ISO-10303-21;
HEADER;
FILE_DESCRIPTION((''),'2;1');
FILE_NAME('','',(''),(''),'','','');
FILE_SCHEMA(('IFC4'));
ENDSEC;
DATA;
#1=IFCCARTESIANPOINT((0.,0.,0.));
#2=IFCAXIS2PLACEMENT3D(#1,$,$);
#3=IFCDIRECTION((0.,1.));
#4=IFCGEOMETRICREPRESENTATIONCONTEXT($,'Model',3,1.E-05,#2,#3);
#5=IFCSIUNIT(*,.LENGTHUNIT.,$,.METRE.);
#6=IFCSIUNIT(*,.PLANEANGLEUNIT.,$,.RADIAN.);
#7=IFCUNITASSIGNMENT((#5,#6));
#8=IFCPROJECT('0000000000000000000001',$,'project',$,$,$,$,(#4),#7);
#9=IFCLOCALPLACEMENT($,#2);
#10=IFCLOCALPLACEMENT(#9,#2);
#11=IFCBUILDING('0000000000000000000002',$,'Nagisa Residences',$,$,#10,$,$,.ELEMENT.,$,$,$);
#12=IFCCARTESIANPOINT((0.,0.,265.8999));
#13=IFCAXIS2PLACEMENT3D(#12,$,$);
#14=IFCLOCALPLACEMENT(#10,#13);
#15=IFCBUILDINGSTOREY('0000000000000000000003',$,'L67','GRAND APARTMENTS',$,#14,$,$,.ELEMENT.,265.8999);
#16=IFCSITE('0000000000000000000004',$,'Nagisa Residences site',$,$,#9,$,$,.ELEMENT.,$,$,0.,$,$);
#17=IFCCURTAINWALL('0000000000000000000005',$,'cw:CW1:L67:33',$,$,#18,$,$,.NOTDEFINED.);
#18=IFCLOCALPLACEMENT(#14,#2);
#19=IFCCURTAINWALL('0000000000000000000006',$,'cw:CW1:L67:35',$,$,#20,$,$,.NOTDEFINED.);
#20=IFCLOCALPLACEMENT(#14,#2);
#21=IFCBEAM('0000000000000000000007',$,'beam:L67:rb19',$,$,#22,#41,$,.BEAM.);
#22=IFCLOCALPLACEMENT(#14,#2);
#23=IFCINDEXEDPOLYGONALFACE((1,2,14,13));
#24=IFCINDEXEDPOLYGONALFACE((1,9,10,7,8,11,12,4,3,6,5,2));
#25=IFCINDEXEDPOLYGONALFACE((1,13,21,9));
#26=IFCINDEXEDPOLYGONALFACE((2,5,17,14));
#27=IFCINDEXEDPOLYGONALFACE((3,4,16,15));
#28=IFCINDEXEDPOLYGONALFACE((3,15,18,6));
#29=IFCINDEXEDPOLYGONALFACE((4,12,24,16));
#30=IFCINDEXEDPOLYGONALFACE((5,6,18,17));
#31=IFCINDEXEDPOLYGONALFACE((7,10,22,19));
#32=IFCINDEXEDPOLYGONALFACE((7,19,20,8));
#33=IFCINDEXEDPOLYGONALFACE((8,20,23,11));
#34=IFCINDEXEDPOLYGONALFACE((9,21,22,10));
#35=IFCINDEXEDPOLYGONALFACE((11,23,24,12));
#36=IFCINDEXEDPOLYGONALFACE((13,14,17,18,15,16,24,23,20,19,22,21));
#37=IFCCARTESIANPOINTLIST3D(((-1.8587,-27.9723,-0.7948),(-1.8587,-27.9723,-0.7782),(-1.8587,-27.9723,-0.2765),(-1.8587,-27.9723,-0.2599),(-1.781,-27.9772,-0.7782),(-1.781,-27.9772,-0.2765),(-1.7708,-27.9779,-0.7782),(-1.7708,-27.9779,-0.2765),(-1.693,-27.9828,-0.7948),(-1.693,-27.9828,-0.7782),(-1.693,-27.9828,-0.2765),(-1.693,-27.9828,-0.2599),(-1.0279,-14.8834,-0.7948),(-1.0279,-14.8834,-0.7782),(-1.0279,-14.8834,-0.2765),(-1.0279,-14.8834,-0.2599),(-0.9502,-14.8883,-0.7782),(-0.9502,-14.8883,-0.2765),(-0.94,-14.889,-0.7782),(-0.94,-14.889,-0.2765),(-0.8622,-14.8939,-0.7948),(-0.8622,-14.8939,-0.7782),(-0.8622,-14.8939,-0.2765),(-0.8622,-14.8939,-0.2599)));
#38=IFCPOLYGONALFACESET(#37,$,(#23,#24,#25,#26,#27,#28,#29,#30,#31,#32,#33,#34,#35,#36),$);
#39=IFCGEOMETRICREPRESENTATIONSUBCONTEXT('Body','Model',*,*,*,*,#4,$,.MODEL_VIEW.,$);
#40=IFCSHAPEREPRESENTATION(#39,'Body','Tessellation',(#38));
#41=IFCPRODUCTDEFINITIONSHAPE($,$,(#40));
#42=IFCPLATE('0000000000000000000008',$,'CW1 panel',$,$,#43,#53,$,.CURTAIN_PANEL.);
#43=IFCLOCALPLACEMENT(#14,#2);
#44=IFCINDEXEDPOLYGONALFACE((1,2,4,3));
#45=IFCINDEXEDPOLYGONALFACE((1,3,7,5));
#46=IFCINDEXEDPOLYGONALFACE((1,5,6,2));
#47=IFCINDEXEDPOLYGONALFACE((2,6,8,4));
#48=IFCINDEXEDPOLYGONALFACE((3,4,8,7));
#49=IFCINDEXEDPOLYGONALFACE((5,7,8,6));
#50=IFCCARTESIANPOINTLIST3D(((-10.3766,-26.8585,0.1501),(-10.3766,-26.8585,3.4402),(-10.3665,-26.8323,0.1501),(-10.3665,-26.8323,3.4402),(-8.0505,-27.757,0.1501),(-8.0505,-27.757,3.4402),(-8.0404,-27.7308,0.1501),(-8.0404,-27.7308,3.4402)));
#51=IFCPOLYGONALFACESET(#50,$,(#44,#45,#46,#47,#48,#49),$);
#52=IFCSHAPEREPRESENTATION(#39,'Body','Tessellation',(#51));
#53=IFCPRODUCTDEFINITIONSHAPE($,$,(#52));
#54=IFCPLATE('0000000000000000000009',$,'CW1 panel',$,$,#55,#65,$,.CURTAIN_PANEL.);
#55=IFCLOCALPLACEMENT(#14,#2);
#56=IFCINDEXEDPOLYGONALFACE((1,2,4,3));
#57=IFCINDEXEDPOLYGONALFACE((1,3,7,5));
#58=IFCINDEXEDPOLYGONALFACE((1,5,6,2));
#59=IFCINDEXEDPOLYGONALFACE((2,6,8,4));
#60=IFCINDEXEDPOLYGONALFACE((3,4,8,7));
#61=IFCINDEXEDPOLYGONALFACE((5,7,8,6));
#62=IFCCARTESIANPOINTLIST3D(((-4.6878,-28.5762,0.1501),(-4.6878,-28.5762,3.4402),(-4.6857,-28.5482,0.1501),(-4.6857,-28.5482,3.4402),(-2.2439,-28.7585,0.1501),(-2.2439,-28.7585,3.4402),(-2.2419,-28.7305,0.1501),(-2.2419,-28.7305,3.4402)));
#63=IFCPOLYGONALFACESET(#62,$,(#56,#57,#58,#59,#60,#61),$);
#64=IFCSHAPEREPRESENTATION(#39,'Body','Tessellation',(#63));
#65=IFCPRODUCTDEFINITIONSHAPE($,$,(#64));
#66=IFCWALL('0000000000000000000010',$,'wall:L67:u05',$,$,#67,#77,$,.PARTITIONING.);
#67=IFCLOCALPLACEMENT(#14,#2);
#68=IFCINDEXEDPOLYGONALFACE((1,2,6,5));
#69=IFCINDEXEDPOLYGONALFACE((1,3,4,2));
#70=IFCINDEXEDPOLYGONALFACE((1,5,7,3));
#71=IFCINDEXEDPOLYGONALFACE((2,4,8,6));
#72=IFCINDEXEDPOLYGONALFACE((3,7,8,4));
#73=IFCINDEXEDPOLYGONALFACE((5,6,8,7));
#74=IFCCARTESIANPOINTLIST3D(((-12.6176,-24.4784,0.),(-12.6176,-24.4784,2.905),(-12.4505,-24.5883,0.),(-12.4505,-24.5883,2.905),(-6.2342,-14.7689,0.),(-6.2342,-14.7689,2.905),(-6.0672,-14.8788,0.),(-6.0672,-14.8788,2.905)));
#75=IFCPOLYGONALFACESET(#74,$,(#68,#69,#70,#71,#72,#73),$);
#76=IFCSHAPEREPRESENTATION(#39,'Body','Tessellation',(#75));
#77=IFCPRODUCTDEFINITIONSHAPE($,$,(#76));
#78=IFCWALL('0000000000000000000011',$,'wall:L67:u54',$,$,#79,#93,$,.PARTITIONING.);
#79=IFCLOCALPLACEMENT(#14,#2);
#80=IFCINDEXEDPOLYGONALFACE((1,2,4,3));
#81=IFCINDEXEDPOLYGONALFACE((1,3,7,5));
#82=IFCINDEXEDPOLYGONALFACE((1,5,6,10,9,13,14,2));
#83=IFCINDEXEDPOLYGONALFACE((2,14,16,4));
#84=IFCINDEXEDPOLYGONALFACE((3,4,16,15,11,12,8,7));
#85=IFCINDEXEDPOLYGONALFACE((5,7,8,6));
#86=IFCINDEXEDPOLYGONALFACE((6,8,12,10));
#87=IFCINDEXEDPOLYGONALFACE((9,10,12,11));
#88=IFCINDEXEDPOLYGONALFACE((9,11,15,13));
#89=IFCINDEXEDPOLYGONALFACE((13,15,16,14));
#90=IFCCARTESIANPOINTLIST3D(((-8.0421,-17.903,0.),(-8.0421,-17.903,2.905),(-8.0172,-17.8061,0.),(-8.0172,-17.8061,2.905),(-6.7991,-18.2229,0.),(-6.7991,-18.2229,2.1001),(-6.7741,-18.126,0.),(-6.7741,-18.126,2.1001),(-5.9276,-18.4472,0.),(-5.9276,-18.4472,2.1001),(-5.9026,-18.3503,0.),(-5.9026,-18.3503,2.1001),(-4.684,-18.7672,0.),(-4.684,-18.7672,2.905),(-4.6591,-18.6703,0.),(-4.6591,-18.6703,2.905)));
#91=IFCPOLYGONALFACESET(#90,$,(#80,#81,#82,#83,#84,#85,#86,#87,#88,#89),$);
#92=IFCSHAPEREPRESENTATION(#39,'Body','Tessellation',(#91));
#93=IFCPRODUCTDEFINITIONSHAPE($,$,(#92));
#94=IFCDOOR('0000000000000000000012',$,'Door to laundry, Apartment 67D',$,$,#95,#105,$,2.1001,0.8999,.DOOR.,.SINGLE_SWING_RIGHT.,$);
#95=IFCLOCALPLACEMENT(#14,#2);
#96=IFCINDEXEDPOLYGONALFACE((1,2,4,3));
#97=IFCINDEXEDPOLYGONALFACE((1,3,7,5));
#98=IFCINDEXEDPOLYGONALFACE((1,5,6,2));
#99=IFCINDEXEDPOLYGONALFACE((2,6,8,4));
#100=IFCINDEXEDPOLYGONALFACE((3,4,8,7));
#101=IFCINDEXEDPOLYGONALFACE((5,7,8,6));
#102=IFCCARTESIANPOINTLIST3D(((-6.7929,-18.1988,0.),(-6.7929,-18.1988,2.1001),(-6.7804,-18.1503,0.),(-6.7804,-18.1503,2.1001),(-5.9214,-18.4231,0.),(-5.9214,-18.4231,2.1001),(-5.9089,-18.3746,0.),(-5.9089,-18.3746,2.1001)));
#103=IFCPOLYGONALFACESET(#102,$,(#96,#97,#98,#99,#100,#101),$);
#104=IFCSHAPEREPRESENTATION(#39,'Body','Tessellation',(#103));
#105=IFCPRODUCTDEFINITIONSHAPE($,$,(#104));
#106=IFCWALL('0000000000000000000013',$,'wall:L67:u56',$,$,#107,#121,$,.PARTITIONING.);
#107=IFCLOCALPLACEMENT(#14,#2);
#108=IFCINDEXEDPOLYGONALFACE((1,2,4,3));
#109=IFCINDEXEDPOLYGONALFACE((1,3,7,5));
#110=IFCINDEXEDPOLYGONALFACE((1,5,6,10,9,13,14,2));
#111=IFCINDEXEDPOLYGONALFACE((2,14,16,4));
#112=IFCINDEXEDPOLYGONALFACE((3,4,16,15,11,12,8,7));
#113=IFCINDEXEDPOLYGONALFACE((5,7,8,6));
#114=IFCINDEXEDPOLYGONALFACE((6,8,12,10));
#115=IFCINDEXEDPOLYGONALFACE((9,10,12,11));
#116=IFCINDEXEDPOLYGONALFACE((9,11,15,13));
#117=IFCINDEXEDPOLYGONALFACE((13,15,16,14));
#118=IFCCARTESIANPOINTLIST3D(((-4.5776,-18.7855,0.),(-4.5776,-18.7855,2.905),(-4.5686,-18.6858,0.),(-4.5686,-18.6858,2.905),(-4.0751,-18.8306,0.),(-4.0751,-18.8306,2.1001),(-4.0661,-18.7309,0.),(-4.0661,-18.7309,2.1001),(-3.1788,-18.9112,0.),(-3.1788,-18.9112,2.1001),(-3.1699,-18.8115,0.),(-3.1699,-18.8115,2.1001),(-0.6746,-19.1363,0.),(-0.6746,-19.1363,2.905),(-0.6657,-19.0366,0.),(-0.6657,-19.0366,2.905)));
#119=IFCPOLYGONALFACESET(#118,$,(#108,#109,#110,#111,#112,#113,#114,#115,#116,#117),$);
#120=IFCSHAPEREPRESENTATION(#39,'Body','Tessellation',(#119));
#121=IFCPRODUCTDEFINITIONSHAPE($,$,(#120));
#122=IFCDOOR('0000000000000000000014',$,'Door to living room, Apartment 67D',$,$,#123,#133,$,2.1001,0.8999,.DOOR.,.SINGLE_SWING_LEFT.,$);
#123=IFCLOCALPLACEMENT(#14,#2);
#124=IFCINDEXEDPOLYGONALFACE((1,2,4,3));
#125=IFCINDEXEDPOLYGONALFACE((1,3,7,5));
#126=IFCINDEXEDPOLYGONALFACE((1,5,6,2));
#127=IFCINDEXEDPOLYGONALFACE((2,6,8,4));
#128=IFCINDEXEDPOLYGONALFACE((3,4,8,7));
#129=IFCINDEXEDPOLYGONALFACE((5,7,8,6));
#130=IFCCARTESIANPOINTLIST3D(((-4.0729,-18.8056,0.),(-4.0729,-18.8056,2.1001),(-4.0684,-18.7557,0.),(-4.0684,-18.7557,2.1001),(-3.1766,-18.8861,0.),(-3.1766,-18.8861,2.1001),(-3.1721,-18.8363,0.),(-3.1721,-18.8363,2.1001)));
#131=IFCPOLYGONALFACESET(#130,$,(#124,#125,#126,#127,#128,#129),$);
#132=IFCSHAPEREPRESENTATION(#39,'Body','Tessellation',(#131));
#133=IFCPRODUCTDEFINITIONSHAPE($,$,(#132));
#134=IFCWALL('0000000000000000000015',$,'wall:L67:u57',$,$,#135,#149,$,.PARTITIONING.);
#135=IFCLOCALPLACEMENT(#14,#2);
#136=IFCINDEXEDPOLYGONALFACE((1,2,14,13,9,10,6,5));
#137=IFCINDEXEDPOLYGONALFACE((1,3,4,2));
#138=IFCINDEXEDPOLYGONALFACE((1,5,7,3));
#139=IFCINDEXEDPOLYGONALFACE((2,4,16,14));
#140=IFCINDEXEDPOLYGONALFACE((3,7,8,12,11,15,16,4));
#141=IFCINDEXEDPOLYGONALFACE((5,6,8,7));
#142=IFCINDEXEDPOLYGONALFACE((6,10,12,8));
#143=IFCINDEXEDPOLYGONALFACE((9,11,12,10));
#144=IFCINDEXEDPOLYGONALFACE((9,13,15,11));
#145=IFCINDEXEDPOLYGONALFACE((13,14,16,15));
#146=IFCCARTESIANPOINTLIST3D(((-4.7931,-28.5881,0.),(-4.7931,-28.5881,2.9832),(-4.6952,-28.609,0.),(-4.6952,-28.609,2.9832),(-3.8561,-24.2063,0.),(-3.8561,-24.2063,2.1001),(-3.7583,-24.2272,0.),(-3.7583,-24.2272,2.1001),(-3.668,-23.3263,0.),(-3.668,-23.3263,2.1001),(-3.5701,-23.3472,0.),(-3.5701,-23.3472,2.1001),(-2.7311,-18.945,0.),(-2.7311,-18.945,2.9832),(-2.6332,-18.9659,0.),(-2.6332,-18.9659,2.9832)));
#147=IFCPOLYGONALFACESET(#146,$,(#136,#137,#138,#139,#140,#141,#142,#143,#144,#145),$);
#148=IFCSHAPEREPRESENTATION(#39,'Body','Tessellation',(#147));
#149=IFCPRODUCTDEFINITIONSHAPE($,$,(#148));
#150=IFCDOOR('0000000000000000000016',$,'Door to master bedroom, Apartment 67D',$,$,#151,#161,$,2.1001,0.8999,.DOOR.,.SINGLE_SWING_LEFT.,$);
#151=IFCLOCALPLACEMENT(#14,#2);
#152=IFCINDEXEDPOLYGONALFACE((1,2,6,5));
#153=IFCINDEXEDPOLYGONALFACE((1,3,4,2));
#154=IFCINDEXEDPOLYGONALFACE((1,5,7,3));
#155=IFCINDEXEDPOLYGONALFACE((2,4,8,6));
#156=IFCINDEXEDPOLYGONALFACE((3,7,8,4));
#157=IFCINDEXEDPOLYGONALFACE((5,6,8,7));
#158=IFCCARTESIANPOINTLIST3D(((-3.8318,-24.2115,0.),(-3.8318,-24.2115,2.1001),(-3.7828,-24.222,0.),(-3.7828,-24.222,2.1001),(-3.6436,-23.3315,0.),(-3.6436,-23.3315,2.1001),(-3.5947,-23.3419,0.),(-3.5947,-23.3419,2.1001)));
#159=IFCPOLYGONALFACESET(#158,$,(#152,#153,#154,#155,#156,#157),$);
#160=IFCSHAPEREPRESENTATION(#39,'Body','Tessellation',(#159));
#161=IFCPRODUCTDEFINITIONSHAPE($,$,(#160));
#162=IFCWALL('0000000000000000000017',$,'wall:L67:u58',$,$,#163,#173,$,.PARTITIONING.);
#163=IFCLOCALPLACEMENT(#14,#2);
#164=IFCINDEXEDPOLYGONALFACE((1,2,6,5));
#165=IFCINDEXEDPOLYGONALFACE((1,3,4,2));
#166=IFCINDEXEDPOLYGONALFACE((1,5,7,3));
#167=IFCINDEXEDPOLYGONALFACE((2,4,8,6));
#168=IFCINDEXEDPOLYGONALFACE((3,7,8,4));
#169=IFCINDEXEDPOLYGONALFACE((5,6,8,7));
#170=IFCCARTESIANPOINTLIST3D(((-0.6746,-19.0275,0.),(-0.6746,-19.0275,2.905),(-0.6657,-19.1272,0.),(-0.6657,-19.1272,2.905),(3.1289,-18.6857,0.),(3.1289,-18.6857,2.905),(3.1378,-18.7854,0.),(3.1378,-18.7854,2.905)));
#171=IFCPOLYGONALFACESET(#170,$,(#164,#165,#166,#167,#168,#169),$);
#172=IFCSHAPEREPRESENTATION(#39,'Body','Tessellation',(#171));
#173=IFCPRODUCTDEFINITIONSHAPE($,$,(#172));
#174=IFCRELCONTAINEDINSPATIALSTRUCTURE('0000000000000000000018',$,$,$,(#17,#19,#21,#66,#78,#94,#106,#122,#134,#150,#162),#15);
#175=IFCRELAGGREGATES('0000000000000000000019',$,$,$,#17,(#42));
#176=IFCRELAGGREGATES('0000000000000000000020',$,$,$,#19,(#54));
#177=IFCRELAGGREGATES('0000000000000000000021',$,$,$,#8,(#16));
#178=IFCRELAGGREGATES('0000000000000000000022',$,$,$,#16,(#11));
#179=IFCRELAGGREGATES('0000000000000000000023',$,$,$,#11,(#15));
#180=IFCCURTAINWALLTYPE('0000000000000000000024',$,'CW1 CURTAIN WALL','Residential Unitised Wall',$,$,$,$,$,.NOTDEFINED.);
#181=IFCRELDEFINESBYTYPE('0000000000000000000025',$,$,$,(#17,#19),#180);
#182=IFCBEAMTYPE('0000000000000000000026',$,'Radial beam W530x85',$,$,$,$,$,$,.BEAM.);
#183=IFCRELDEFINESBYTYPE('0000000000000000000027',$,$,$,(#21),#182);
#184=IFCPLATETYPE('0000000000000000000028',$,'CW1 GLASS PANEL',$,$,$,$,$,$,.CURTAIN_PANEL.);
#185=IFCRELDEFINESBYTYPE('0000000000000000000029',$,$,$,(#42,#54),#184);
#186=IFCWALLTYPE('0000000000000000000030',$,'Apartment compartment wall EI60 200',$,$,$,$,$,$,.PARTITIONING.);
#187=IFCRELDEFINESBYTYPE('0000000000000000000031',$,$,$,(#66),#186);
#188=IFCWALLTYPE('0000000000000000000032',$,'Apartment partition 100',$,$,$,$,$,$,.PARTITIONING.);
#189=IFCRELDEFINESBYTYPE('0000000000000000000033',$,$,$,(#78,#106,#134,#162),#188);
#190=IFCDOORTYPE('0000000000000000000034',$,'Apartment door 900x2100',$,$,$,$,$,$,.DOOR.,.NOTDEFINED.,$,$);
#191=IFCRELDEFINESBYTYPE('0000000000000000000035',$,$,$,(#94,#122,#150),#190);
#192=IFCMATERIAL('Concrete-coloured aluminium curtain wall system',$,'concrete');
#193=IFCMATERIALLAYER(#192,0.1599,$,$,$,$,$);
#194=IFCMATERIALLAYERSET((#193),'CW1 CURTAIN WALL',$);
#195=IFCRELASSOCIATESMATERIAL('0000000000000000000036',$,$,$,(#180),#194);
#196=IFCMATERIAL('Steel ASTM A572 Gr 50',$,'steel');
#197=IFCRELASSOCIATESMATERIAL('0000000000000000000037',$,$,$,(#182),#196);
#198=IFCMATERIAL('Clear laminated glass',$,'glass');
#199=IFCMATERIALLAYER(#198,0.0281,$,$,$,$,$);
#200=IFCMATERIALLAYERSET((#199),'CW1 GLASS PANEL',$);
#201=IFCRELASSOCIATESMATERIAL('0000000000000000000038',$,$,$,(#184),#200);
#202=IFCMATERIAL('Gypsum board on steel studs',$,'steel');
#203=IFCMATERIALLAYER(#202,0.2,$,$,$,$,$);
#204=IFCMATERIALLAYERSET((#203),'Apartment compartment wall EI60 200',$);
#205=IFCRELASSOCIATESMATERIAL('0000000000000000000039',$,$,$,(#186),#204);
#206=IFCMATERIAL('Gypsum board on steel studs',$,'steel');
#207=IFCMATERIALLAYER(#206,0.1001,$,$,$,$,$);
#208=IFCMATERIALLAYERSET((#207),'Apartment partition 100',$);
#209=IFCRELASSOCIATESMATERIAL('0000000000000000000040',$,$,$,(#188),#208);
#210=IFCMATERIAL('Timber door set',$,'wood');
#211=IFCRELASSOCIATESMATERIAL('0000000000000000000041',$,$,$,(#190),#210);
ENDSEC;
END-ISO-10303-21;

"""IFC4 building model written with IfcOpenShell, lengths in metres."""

from ifc_helpers import new_model, si_unit, direction, frame, frame_2d, origin, origin_2d, place, context, subcontext, project, spatial, rectangle, i_section, extrude, material, layer, layer_set, material_profile, profile_set, type_object, element, fill, aggregate, save


model = new_model("IFC4")

# Units and contexts
model_context = context("Model", 3, precision=1e-05, world=origin(), true_north=direction((0.0, 1.0)))
body_context = subcontext(model_context, "Body", "Model", "MODEL_VIEW")
ifc_project = project(units=[si_unit("LENGTHUNIT", "METRE"), si_unit("PLANEANGLEUNIT", "RADIAN")], contexts=[model_context])

# Site, building, storey
site_placement = place(None, origin())
site = spatial("IfcSite", under=ifc_project, at=site_placement, Name="Nagisa Residences site", CompositionType="ELEMENT", RefElevation=0.0)
building_placement = place(site_placement, origin())
building = spatial("IfcBuilding", under=site, at=building_placement, Name="Nagisa Residences", CompositionType="ELEMENT")
storey_placement = place(building_placement, frame((0.0, 0.0, 265.8999)))
storey = spatial("IfcBuildingStorey", under=building, at=storey_placement, Name="L67", Description="GRAND APARTMENTS", CompositionType="ELEMENT", Elevation=265.8999)

# Curtain walls
ifc_material_1 = material(Name="Concrete-coloured aluminium curtain wall system", Category="concrete")
ifc_layer_1 = layer(ifc_material_1, 0.1599)
ifc_layer_set_1 = layer_set([ifc_layer_1], Name="CW1 CURTAIN WALL")
curtain_wall_type = type_object("IfcCurtainWallType", Name="CW1 CURTAIN WALL", Description="Residential Unitised Wall", PredefinedType="NOTDEFINED", material=ifc_layer_set_1)
curtain_wall_1_placement = place(storey_placement, origin())
curtain_wall_1 = element("IfcCurtainWall", 1, at=curtain_wall_1_placement, inside=storey, type_object=curtain_wall_type, Name="cw:CW1:L67:33", PredefinedType="NOTDEFINED")
curtain_wall_2_placement = place(storey_placement, origin())
curtain_wall_2 = element("IfcCurtainWall", 2, at=curtain_wall_2_placement, inside=storey, type_object=curtain_wall_type, Name="cw:CW1:L67:35", PredefinedType="NOTDEFINED")

# Beam
ifc_material_2 = material(Name="Steel ASTM A572 Gr 50", Category="steel")
ifc_material_profile_1 = material_profile(ifc_material_2, i_section(OverallWidth=0.166, OverallDepth=0.5349, WebThickness=0.0103, FlangeThickness=0.0166, at=origin_2d()), Name="W530x85")
ifc_profile_set_1 = profile_set([ifc_material_profile_1], Name="Steel ASTM A572 Gr 50")
beam_type_1 = type_object("IfcBeamType", Name="Radial beam W530x85", PredefinedType="BEAM", material=ifc_profile_set_1)
beam_1_placement = place(storey_placement, frame((-1.7759, -27.9775, -0.5273), z_axis=(0.063347, 0.997992, 0.0), x_axis=(-0.997992, 0.063347, 0.0)))
element("IfcBeam", 3, at=beam_1_placement, inside=storey, type_object=beam_type_1, Name="beam:L67:rb19", PredefinedType="BEAM", context=body_context, shape_type="SweptSolid", body=[
    extrude(i_section(OverallWidth=0.166, OverallDepth=0.5349, WebThickness=0.0103, FlangeThickness=0.0166, at=origin_2d()), origin(), (0.0, 0.0, 1.0), 13.1152),
])

# Plates
ifc_material_3 = material(Name="Clear laminated glass", Category="glass")
ifc_layer_2 = layer(ifc_material_3, 0.0281)
ifc_layer_set_2 = layer_set([ifc_layer_2], Name="CW1 GLASS PANEL")
plate_type = type_object("IfcPlateType", Name="CW1 GLASS PANEL", PredefinedType="CURTAIN_PANEL", material=ifc_layer_set_2)
plate_1_placement = place(storey_placement, frame((-9.2085, -27.2947, 0.1501), z_axis=(0.0, 0.0, 1.0), x_axis=(0.932826, -0.360328, 0.0)))
plate_1 = element("IfcPlate", 4, at=plate_1_placement, type_object=plate_type, Name="CW1 panel", PredefinedType="CURTAIN_PANEL", context=body_context, shape_type="SweptSolid", body=[
    extrude(rectangle(XDim=2.4937, YDim=0.0281, at=origin_2d()), origin(), (0.0, 0.0, 1.0), 3.29),
])
aggregate(curtain_wall_1, [plate_1])
plate_2_placement = place(storey_placement, frame((-3.4648, -28.6533, 0.1501), z_axis=(0.0, 0.0, 1.0), x_axis=(0.99723, -0.074377, 0.0)))
plate_2 = element("IfcPlate", 5, at=plate_2_placement, type_object=plate_type, Name="CW1 panel", PredefinedType="CURTAIN_PANEL", context=body_context, shape_type="SweptSolid", body=[
    extrude(rectangle(XDim=2.4507, YDim=0.0281, at=origin_2d()), origin(), (0.0, 0.0, 1.0), 3.29),
])
aggregate(curtain_wall_2, [plate_2])

# Wall
ifc_material_4 = material(Name="Gypsum board on steel studs", Category="steel")
ifc_layer_3 = layer(ifc_material_4, 0.2)
ifc_layer_set_3 = layer_set([ifc_layer_3], Name="Apartment compartment wall EI60 200")
wall_type_1 = type_object("IfcWallType", Name="Apartment compartment wall EI60 200", PredefinedType="PARTITIONING", material=ifc_layer_set_3)
wall_1_placement = place(storey_placement, frame((-6.1506, -14.8237, 0.0), z_axis=(0.0, 0.0, 1.0), x_axis=(-0.549346, -0.835595, 0.0)))
element("IfcWall", 6, at=wall_1_placement, inside=storey, type_object=wall_type_1, Name="wall:L67:u05", PredefinedType="PARTITIONING", context=body_context, shape_type="SweptSolid", body=[
    extrude(rectangle(XDim=11.6199, YDim=0.2, at=frame_2d((5.8101, 0.0))), origin(), (0.0, 0.0, 1.0), 2.905),
])

# Walls, openings, doors
ifc_material_5 = material(Name="Gypsum board on steel studs", Category="steel")
ifc_layer_4 = layer(ifc_material_5, 0.1001)
ifc_layer_set_4 = layer_set([ifc_layer_4], Name="Apartment partition 100")
wall_type_2 = type_object("IfcWallType", Name="Apartment partition 100", PredefinedType="PARTITIONING", material=ifc_layer_set_4)
wall_2_placement = place(storey_placement, frame((-8.0298, -17.8545, 0.0), z_axis=(0.0, 0.0, 1.0), x_axis=(0.968442, -0.249239, 0.0)))
wall_2 = element("IfcWall", 7, at=wall_2_placement, inside=storey, type_object=wall_type_2, Name="wall:L67:u54", PredefinedType="PARTITIONING", context=body_context, shape_type="SweptSolid", body=[
    extrude(rectangle(XDim=3.4675, YDim=0.1001, at=frame_2d((1.7339, 0.0))), origin(), (0.0, 0.0, 1.0), 2.905),
])
opening_1_placement = place(wall_2_placement, frame((1.2837, 0.0, 0.0)))
opening_1 = element("IfcOpeningElement", 8, at=opening_1_placement, cuts=wall_2, PredefinedType="OPENING", context=body_context, shape_type="SweptSolid", body=[
    extrude(rectangle(XDim=0.8999, YDim=2.1001, at=frame_2d((0.45, 1.05))), frame((0.0, 0.0601, 0.0), z_axis=(0.0, -1.0, 0.0), x_axis=(1.0, 0.0, 0.0)), (0.0, 0.0, 1.0), 0.1201),
])
ifc_material_6 = material(Name="Timber door set", Category="wood")
door_type_1 = type_object("IfcDoorType", Name="Apartment door 900x2100", OperationType="NOTDEFINED", PredefinedType="DOOR", material=ifc_material_6)
door_1_placement = place(opening_1_placement, origin())
door_1 = element("IfcDoor", 9, at=door_1_placement, inside=storey, type_object=door_type_1, Name="Door to laundry, Apartment 67D", OperationType="SINGLE_SWING_RIGHT", OverallHeight=2.1001, OverallWidth=0.8999, PredefinedType="DOOR", context=body_context, shape_type="SweptSolid", body=[
    extrude(rectangle(XDim=0.8999, YDim=2.1001, at=frame_2d((0.45, 1.05))), frame((0.0, 0.0249, 0.0), z_axis=(0.0, -1.0, 0.0), x_axis=(1.0, 0.0, 0.0)), (0.0, 0.0, 1.0), 0.05),
])
fill(opening_1, door_1)
wall_3_placement = place(storey_placement, frame((-4.5732, -18.7356, 0.0), z_axis=(0.0, 0.0, 1.0), x_axis=(0.995985, -0.089525, 0.0)))
wall_3 = element("IfcWall", 10, at=wall_3_placement, inside=storey, type_object=wall_type_2, Name="wall:L67:u56", PredefinedType="PARTITIONING", context=body_context, shape_type="SweptSolid", body=[
    extrude(rectangle(XDim=3.9187, YDim=0.1001, at=frame_2d((1.9595, 0.0))), origin(), (0.0, 0.0, 1.0), 2.905),
])
opening_2_placement = place(wall_3_placement, frame((0.5046, 0.0, 0.0)))
opening_2 = element("IfcOpeningElement", 11, at=opening_2_placement, cuts=wall_3, PredefinedType="OPENING", context=body_context, shape_type="SweptSolid", body=[
    extrude(rectangle(XDim=0.8999, YDim=2.1001, at=frame_2d((0.45, 1.05))), frame((0.0, 0.0601, 0.0), z_axis=(0.0, -1.0, 0.0), x_axis=(1.0, 0.0, 0.0)), (0.0, 0.0, 1.0), 0.1201),
])
door_2_placement = place(opening_2_placement, frame((0.8999, 0.0, 0.0), x_axis=(-1.0, 0.0, 0.0)))
door_2 = element("IfcDoor", 12, at=door_2_placement, inside=storey, type_object=door_type_1, Name="Door to living room, Apartment 67D", OperationType="SINGLE_SWING_LEFT", OverallHeight=2.1001, OverallWidth=0.8999, PredefinedType="DOOR", context=body_context, shape_type="SweptSolid", body=[
    extrude(rectangle(XDim=0.8999, YDim=2.1001, at=frame_2d((0.45, 1.05))), frame((0.0, 0.0249, 0.0), z_axis=(0.0, -1.0, 0.0), x_axis=(1.0, 0.0, 0.0)), (0.0, 0.0, 1.0), 0.05),
])
fill(opening_2, door_2)
wall_4_placement = place(storey_placement, frame((-2.6821, -18.9553, 0.0), z_axis=(0.0, 0.0, 1.0), x_axis=(-0.209106, -0.977893, 0.0)))
wall_4 = element("IfcWall", 13, at=wall_4_placement, inside=storey, type_object=wall_type_2, Name="wall:L67:u57", PredefinedType="PARTITIONING", context=body_context, shape_type="SweptSolid", body=[
    extrude(rectangle(XDim=9.8611, YDim=0.1001, at=frame_2d((4.9307, 0.0))), origin(), (0.0, 0.0, 1.0), 2.9832),
])
opening_3_placement = place(wall_4_placement, frame((4.4805, 0.0, 0.0)))
opening_3 = element("IfcOpeningElement", 14, at=opening_3_placement, cuts=wall_4, PredefinedType="OPENING", context=body_context, shape_type="SweptSolid", body=[
    extrude(rectangle(XDim=0.8999, YDim=2.1001, at=frame_2d((0.45, 1.05))), frame((0.0, 0.0601, 0.0), z_axis=(0.0, -1.0, 0.0), x_axis=(1.0, 0.0, 0.0)), (0.0, 0.0, 1.0), 0.1201),
])
door_3_placement = place(opening_3_placement, origin())
door_3 = element("IfcDoor", 15, at=door_3_placement, inside=storey, type_object=door_type_1, Name="Door to master bedroom, Apartment 67D", OperationType="SINGLE_SWING_LEFT", OverallHeight=2.1001, OverallWidth=0.8999, PredefinedType="DOOR", context=body_context, shape_type="SweptSolid", body=[
    extrude(rectangle(XDim=0.8999, YDim=2.1001, at=frame_2d((0.45, 1.05))), frame((0.0, 0.0249, 0.0), z_axis=(0.0, -1.0, 0.0), x_axis=(1.0, 0.0, 0.0)), (0.0, 0.0, 1.0), 0.05),
])
fill(opening_3, door_3)

# Wall
wall_5_placement = place(storey_placement, frame((-0.6702, -19.0774, 0.0), z_axis=(0.0, 0.0, 1.0), x_axis=(0.995986, 0.089504, 0.0)))
element("IfcWall", 16, at=wall_5_placement, inside=storey, type_object=wall_type_2, Name="wall:L67:u58", PredefinedType="PARTITIONING", context=body_context, shape_type="SweptSolid", body=[
    extrude(rectangle(XDim=3.8188, YDim=0.1001, at=frame_2d((1.9094, 0.0))), origin(), (0.0, 0.0, 1.0), 2.905),
])

save(model, "model.ifc")
